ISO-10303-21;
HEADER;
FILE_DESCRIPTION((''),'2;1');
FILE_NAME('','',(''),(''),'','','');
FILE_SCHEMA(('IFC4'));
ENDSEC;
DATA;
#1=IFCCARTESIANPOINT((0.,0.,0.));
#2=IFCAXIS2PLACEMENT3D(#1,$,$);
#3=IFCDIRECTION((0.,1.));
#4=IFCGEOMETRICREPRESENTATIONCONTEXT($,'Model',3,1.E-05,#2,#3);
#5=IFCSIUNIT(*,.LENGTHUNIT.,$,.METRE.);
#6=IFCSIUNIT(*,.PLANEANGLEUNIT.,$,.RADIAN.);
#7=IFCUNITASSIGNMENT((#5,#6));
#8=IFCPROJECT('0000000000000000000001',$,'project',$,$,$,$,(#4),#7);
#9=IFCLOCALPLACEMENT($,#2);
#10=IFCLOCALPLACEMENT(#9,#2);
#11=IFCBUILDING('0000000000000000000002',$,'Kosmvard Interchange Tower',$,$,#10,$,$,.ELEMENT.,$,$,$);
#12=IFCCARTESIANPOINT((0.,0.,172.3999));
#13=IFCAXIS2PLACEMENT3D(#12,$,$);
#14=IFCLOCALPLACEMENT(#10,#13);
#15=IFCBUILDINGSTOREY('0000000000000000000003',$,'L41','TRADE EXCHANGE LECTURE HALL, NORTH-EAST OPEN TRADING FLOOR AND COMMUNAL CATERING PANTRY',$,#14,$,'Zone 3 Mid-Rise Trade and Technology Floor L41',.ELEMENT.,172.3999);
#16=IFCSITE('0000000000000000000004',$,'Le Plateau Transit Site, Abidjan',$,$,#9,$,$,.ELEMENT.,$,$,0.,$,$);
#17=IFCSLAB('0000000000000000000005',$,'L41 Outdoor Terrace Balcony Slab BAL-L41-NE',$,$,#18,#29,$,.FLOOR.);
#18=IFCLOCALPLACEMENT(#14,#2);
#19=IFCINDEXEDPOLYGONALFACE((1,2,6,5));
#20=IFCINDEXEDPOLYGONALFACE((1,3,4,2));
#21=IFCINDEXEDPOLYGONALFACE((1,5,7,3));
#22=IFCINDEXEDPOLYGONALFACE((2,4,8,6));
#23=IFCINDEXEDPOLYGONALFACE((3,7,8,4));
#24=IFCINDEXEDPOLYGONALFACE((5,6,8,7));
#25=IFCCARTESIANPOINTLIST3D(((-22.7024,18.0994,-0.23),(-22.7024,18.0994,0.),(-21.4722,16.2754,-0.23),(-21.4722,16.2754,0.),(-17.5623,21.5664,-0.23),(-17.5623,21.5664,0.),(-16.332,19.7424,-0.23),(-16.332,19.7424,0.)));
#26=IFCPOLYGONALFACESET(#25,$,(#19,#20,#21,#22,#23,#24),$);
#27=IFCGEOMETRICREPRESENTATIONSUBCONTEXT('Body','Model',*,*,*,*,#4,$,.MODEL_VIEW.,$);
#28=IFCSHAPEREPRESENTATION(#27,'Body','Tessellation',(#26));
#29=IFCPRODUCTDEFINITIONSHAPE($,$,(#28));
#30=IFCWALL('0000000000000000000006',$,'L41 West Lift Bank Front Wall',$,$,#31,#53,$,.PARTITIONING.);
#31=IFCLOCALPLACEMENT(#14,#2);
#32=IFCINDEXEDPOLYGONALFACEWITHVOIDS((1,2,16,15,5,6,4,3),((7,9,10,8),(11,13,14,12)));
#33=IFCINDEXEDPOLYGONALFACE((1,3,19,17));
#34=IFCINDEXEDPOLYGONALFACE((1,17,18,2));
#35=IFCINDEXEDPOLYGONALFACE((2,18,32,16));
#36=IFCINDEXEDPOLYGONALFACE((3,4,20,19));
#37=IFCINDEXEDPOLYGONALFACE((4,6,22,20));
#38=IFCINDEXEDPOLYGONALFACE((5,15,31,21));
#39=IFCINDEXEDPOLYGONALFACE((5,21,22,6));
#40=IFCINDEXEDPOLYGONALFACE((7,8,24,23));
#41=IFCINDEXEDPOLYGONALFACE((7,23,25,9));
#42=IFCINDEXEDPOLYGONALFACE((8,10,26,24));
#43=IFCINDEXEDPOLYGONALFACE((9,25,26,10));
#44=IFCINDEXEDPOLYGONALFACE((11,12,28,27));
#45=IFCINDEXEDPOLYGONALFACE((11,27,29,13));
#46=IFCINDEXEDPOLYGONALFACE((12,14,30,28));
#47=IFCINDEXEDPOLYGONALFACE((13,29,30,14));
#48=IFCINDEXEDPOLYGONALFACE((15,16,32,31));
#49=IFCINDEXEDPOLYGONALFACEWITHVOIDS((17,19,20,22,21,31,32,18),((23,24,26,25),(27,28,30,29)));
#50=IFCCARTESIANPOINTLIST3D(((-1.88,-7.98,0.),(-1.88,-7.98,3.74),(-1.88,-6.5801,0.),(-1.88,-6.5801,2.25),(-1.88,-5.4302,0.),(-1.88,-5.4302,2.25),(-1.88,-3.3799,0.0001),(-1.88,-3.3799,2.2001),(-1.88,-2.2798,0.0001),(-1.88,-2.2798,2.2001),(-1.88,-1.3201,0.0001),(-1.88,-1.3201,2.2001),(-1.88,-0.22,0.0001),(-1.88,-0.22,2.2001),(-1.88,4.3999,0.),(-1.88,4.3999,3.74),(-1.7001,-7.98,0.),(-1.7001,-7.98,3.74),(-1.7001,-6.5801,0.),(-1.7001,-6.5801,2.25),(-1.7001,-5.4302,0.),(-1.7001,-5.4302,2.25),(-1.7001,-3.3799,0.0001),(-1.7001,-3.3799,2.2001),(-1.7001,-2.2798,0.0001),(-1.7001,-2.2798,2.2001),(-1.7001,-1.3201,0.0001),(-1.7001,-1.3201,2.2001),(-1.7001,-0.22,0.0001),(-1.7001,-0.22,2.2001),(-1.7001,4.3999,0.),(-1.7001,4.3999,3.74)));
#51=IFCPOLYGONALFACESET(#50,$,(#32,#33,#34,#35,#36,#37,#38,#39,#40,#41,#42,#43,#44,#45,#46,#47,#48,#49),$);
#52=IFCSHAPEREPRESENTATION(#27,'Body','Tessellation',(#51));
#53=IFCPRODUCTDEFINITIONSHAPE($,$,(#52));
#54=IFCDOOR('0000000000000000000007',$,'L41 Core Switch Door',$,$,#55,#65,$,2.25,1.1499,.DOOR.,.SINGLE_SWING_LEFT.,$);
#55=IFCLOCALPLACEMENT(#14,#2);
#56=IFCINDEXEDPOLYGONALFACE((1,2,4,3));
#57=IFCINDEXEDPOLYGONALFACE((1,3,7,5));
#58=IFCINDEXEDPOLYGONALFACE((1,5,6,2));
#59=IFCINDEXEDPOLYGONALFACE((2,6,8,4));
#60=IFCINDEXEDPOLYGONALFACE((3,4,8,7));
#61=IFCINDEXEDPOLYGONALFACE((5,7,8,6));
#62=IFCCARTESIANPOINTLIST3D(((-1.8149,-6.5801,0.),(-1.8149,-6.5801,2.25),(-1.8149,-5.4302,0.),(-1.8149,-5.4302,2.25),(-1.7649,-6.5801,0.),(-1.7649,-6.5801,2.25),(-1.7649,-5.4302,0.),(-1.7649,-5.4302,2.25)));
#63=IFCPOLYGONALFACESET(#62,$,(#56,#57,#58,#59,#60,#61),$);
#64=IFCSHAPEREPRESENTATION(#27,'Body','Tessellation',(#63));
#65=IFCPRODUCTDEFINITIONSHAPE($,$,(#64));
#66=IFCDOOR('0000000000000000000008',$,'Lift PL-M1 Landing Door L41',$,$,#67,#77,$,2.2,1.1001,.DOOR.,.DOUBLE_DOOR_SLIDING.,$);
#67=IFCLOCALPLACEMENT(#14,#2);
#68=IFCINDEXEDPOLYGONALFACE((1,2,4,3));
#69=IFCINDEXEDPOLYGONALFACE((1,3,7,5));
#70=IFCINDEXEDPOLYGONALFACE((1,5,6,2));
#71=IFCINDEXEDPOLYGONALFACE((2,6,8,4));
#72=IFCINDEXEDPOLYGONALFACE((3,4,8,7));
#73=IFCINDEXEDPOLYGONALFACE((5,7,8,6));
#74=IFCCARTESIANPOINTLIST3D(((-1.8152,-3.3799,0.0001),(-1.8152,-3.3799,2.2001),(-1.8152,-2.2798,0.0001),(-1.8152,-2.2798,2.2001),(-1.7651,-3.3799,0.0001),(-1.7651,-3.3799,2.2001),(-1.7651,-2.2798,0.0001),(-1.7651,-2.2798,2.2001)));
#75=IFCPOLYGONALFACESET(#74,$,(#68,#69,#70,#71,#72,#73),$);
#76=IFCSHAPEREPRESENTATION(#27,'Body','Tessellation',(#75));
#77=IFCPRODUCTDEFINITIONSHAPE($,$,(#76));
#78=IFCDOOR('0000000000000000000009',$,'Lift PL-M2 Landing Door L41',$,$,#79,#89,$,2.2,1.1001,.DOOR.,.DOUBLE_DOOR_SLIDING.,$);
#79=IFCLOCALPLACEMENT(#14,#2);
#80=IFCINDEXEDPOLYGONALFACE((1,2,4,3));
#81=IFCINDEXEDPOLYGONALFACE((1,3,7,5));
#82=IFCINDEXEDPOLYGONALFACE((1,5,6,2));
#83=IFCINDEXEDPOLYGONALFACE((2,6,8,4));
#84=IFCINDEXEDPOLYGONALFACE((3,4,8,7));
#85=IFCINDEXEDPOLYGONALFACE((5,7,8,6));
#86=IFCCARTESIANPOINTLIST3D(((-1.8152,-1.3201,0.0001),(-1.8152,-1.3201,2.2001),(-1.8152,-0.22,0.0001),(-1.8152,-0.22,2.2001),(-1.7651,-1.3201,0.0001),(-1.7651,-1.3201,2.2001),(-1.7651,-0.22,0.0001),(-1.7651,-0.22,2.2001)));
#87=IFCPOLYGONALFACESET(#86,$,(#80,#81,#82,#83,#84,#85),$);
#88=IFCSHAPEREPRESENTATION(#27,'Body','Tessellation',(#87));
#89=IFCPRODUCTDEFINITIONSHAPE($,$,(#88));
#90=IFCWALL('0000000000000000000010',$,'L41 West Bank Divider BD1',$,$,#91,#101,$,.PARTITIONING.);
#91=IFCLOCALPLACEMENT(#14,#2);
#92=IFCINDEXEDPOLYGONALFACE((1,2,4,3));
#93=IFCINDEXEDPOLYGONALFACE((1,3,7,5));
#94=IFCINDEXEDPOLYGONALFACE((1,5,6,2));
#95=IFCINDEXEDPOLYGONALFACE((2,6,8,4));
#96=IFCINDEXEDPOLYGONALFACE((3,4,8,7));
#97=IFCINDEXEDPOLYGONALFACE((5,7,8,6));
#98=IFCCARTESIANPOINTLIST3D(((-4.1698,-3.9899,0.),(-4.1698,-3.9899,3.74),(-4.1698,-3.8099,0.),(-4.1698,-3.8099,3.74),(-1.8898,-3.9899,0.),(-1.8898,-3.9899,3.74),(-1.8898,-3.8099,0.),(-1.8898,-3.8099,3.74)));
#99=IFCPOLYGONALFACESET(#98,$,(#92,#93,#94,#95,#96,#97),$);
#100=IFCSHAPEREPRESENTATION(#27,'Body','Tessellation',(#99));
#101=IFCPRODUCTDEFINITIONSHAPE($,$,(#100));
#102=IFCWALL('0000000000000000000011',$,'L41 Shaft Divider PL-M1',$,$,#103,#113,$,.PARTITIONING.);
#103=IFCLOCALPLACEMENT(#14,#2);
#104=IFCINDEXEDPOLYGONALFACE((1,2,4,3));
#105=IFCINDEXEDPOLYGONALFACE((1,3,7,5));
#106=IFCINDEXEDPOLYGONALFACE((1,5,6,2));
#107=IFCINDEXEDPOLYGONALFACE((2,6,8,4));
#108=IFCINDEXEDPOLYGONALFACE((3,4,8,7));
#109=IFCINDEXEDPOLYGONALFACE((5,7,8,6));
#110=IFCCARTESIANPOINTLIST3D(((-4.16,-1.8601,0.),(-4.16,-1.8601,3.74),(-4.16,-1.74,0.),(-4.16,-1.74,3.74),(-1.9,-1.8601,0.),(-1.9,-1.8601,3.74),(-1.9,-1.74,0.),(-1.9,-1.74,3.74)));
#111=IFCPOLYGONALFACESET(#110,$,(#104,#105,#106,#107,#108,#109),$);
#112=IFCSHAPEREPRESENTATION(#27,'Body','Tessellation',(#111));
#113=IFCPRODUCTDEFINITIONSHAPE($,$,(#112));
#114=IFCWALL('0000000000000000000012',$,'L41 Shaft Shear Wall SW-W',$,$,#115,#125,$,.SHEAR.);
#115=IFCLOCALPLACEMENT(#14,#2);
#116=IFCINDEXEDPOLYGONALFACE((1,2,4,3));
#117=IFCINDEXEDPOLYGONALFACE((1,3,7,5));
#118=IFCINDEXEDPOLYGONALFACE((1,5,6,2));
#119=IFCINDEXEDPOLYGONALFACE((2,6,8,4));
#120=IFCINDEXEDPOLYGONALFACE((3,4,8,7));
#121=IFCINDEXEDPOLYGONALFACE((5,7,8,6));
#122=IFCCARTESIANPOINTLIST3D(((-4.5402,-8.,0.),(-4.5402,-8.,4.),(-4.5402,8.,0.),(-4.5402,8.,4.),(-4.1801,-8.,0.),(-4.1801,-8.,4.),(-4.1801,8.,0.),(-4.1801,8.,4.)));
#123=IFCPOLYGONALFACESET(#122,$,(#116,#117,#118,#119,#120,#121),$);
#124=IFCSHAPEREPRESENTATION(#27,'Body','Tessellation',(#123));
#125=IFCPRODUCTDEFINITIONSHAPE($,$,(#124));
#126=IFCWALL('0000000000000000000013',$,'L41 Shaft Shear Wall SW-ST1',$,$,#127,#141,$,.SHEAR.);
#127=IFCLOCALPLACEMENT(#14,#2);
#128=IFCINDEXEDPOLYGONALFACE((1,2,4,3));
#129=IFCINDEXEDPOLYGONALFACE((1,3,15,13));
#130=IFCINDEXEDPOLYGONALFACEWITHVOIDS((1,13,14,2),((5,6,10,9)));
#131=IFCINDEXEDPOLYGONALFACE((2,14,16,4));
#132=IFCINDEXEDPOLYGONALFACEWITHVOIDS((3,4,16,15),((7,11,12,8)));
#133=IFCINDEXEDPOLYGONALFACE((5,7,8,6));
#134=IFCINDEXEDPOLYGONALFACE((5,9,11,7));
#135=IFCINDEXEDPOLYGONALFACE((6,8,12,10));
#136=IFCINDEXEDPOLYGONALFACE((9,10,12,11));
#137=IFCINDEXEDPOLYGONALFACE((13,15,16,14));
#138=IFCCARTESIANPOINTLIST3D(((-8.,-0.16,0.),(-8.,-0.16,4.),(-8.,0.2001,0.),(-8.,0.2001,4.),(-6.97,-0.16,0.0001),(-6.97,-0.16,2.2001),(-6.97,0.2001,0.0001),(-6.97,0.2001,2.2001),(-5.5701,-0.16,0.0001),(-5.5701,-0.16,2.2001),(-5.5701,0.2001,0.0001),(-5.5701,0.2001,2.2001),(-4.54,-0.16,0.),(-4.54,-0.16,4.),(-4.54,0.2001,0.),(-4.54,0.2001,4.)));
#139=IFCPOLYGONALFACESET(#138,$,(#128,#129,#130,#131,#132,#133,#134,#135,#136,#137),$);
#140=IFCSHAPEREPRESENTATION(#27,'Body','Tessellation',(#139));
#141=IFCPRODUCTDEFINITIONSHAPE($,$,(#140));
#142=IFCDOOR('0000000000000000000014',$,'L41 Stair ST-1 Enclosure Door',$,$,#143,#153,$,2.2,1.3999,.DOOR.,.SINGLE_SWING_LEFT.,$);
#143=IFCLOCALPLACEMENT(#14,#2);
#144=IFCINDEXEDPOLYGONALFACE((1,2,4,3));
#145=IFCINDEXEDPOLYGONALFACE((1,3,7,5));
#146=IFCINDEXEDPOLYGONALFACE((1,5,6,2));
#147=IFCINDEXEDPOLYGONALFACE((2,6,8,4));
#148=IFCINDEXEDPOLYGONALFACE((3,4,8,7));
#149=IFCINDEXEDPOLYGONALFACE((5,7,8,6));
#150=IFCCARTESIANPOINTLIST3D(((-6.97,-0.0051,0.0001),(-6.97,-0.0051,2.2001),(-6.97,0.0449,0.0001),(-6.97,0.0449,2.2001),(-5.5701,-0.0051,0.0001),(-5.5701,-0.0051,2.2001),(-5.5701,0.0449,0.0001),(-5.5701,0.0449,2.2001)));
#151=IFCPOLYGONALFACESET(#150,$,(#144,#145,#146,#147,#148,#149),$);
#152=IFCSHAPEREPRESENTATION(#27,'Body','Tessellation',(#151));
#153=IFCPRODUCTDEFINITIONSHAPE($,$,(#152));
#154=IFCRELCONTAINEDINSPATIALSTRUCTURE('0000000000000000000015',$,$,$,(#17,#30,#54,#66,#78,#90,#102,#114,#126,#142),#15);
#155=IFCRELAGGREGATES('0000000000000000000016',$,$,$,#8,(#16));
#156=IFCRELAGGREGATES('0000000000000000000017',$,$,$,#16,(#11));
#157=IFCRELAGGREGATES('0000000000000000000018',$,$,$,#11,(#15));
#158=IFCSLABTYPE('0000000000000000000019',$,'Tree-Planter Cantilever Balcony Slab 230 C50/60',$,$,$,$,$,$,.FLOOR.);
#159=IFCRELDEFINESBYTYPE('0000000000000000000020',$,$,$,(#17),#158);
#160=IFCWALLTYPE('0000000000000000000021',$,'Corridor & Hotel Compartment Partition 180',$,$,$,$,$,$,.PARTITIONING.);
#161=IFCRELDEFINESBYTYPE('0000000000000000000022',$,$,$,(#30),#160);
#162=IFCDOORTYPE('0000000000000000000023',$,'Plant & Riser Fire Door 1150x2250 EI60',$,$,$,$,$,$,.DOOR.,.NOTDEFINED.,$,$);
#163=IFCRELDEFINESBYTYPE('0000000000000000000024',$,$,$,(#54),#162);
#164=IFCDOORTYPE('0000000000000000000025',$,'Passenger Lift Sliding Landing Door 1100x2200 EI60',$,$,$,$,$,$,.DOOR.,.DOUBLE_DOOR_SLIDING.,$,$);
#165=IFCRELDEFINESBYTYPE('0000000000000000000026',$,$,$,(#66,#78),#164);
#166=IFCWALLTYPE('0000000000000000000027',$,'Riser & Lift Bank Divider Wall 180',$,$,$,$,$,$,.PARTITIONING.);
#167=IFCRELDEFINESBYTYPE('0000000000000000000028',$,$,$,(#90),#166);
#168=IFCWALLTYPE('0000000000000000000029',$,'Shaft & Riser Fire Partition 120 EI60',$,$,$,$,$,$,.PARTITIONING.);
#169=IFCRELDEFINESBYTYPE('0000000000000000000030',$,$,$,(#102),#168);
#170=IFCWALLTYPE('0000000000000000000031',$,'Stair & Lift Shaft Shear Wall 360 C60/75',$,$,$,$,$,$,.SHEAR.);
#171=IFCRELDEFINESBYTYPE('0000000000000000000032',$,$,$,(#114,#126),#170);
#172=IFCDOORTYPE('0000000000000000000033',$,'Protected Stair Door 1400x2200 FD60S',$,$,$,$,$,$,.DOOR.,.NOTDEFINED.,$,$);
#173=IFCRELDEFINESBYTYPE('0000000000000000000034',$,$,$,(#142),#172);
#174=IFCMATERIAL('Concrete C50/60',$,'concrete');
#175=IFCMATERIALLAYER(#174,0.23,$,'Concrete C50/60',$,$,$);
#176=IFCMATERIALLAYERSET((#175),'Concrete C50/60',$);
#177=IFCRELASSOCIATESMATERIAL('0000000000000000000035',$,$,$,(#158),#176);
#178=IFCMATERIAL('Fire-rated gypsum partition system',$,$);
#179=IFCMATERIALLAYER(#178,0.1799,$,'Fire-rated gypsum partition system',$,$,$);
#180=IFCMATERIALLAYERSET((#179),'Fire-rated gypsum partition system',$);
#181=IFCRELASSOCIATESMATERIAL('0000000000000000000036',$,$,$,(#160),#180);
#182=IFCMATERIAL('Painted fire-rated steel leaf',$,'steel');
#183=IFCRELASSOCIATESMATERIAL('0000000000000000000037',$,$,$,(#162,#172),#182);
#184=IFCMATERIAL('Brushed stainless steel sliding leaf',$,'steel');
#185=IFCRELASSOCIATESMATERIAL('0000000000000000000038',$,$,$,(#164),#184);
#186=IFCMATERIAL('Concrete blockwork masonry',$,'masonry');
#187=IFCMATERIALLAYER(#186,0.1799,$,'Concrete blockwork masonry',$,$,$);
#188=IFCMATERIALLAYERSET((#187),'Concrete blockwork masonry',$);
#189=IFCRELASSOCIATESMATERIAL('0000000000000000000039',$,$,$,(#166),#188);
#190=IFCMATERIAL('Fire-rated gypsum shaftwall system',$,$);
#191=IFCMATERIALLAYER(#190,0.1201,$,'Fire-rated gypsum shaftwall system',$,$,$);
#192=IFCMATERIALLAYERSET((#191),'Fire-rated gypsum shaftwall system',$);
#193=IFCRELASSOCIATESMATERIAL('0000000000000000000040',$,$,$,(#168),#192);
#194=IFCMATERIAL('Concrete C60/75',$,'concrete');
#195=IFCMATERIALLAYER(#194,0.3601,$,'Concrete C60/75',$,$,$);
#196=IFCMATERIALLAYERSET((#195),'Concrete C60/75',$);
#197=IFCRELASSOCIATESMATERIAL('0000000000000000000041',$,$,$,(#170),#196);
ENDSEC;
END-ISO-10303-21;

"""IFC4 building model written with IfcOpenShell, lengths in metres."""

from ifc_helpers import new_model, si_unit, direction, frame, frame_2d, origin, place, context, subcontext, project, spatial, polyline, rectangle, outline, extrude, source, transform, mapped, material, layer, layer_set, type_object, element, fill, save


model = new_model("IFC4")

# Units and contexts
model_context = context("Model", 3, precision=1e-05, world=origin(), true_north=direction((0.0, 1.0)))
body_context = subcontext(model_context, "Body", "Model", "MODEL_VIEW")
ifc_project = project(units=[si_unit("LENGTHUNIT", "METRE"), si_unit("PLANEANGLEUNIT", "RADIAN")], contexts=[model_context])

# Site, building, storey
site_placement = place(None, origin())
site = spatial("IfcSite", under=ifc_project, at=site_placement, Name="Le Plateau Transit Site, Abidjan", CompositionType="ELEMENT", RefElevation=0.0)
building_placement = place(site_placement, origin())
building = spatial("IfcBuilding", under=site, at=building_placement, Name="Kosmvard Interchange Tower", CompositionType="ELEMENT")
storey_placement = place(building_placement, frame((0.0, 0.0, 172.3999)))
storey = spatial("IfcBuildingStorey", under=building, at=storey_placement, Name="L41", Description="TRADE EXCHANGE LECTURE HALL, NORTH-EAST OPEN TRADING FLOOR AND COMMUNAL CATERING PANTRY", LongName="Zone 3 Mid-Rise Trade and Technology Floor L41", CompositionType="ELEMENT", Elevation=172.3999)

# Shared definitions
ifc_material_1 = material(Name="Concrete C60/75", Category="concrete")

# Slab
ifc_material_2 = material(Name="Concrete C50/60", Category="concrete")
ifc_layer_1 = layer(ifc_material_2, 0.23, Name="Concrete C50/60")
ifc_layer_set_1 = layer_set([ifc_layer_1], Name="Concrete C50/60")
slab_type_1 = type_object("IfcSlabType", Name="Tree-Planter Cantilever Balcony Slab 230 C50/60", PredefinedType="FLOOR", material=ifc_layer_set_1)
slab_1_placement = place(storey_placement, frame((0.0, 0.0, -0.23)))
element("IfcSlab", 1, at=slab_1_placement, inside=storey, type_object=slab_type_1, Name="L41 Outdoor Terrace Balcony Slab BAL-L41-NE", PredefinedType="FLOOR", context=body_context, shape_type="SweptSolid", body=[
    extrude(outline(polyline([(-21.4722, 16.2754), (-16.332, 19.7424), (-17.5623, 21.5664), (-22.7024, 18.0994), (-21.4722, 16.2754)])), origin(), (0.0, 0.0, 1.0), 0.23),
])

# Wall, openings, doors
ifc_material_3 = material(Name="Fire-rated gypsum partition system")
ifc_layer_2 = layer(ifc_material_3, 0.1799, Name="Fire-rated gypsum partition system")
ifc_layer_set_2 = layer_set([ifc_layer_2], Name="Fire-rated gypsum partition system")
wall_type_1 = type_object("IfcWallType", Name="Corridor & Hotel Compartment Partition 180", PredefinedType="PARTITIONING", material=ifc_layer_set_2)
wall_1_placement = place(storey_placement, frame((-1.79, -7.98, 0.0), z_axis=(0.0, 0.0, 1.0), x_axis=(0.0, 1.0, 0.0)))
wall_1 = element("IfcWall", 2, at=wall_1_placement, inside=storey, type_object=wall_type_1, Name="L41 West Lift Bank Front Wall", PredefinedType="PARTITIONING", context=body_context, shape_type="SweptSolid", body=[
    extrude(rectangle(XDim=12.3799, YDim=0.1799, at=frame_2d((6.1899, 0.0))), origin(), (0.0, 0.0, 1.0), 3.74),
])
opening_1_placement = place(wall_1_placement, frame((4.6001, 0.0, 0.0)))
opening_1 = element("IfcOpeningElement", 3, at=opening_1_placement, cuts=wall_1, PredefinedType="OPENING", context=body_context, shape_type="SweptSolid", body=[
    extrude(rectangle(XDim=1.1001, YDim=2.2, at=frame_2d((0.55, 1.1001))), frame((0.0, 0.1001, 0.0), z_axis=(0.0, -1.0, 0.0), x_axis=(1.0, 0.0, 0.0)), (0.0, 0.0, 1.0), 0.2),
])
opening_2_placement = place(wall_1_placement, frame((6.6599, 0.0, 0.0)))
opening_2 = element("IfcOpeningElement", 4, at=opening_2_placement, cuts=wall_1, PredefinedType="OPENING", context=body_context, shape_type="SweptSolid", body=[
    extrude(rectangle(XDim=1.1001, YDim=2.2, at=frame_2d((0.55, 1.1001))), frame((0.0, 0.1001, 0.0), z_axis=(0.0, -1.0, 0.0), x_axis=(1.0, 0.0, 0.0)), (0.0, 0.0, 1.0), 0.2),
])
opening_3_placement = place(wall_1_placement, frame((1.3999, 0.0, 0.0)))
opening_3 = element("IfcOpeningElement", 5, at=opening_3_placement, cuts=wall_1, PredefinedType="OPENING", context=body_context, shape_type="SweptSolid", body=[
    extrude(rectangle(XDim=1.1499, YDim=2.25, at=frame_2d((0.575, 1.125))), frame((0.0, 0.1001, 0.0), z_axis=(0.0, -1.0, 0.0), x_axis=(1.0, 0.0, 0.0)), (0.0, 0.0, 1.0), 0.2),
])
ifc_material_4 = material(Name="Painted fire-rated steel leaf", Category="steel")
door_type_1 = type_object("IfcDoorType", Name="Plant & Riser Fire Door 1150x2250 EI60", OperationType="NOTDEFINED", PredefinedType="DOOR", material=ifc_material_4)
shared_shape_1 = source(origin(), body_context, "Body", "SweptSolid", [
    extrude(rectangle(XDim=1.1499, YDim=2.25, at=frame_2d((0.575, 1.125))), frame((0.0, 0.0249, 0.0), z_axis=(0.0, -1.0, 0.0), x_axis=(1.0, 0.0, 0.0)), (0.0, 0.0, 1.0), 0.05),
])
door_1_placement = place(opening_3_placement, origin())
door_1 = element("IfcDoor", 6, at=door_1_placement, inside=storey, type_object=door_type_1, Name="L41 Core Switch Door", OperationType="SINGLE_SWING_LEFT", OverallHeight=2.25, OverallWidth=1.1499, PredefinedType="DOOR", context=body_context, shape_type="MappedRepresentation", body=[
    mapped(shared_shape_1, transform((0.0, 0.0, 0.0), scale=1.0)),
])
fill(opening_3, door_1)
ifc_material_5 = material(Name="Brushed stainless steel sliding leaf", Category="steel")
door_type_2 = type_object("IfcDoorType", Name="Passenger Lift Sliding Landing Door 1100x2200 EI60", OperationType="DOUBLE_DOOR_SLIDING", PredefinedType="DOOR", material=ifc_material_5)
shared_shape_2 = source(origin(), body_context, "Body", "SweptSolid", [
    extrude(rectangle(XDim=1.1001, YDim=2.2, at=frame_2d((0.55, 1.1001))), frame((0.0, 0.0249, 0.0), z_axis=(0.0, -1.0, 0.0), x_axis=(1.0, 0.0, 0.0)), (0.0, 0.0, 1.0), 0.05),
])
door_2_placement = place(opening_1_placement, frame((1.1001, 0.0, 0.0), z_axis=(0.0, 0.0, 1.0), x_axis=(-1.0, 0.0, 0.0)))
door_2 = element("IfcDoor", 7, at=door_2_placement, inside=storey, type_object=door_type_2, Name="Lift PL-M1 Landing Door L41", OperationType="DOUBLE_DOOR_SLIDING", OverallHeight=2.2, OverallWidth=1.1001, PredefinedType="DOOR", context=body_context, shape_type="MappedRepresentation", body=[
    mapped(shared_shape_2, transform((0.0, 0.0, 0.0), scale=1.0)),
])
fill(opening_1, door_2)
door_3_placement = place(opening_2_placement, frame((1.1001, 0.0, 0.0), z_axis=(0.0, 0.0, 1.0), x_axis=(-1.0, 0.0, 0.0)))
door_3 = element("IfcDoor", 8, at=door_3_placement, inside=storey, type_object=door_type_2, Name="Lift PL-M2 Landing Door L41", OperationType="DOUBLE_DOOR_SLIDING", OverallHeight=2.2, OverallWidth=1.1001, PredefinedType="DOOR", context=body_context, shape_type="MappedRepresentation", body=[
    mapped(shared_shape_2, transform((0.0, 0.0, 0.0), scale=1.0)),
])
fill(opening_2, door_3)

# Walls
ifc_material_6 = material(Name="Concrete blockwork masonry", Category="masonry")
ifc_layer_3 = layer(ifc_material_6, 0.1799, Name="Concrete blockwork masonry")
ifc_layer_set_3 = layer_set([ifc_layer_3], Name="Concrete blockwork masonry")
wall_type_2 = type_object("IfcWallType", Name="Riser & Lift Bank Divider Wall 180", PredefinedType="PARTITIONING", material=ifc_layer_set_3)
wall_2_placement = place(storey_placement, frame((-4.1699, -3.8999, 0.0), z_axis=(0.0, 0.0, 1.0), x_axis=(1.0, 0.0, 0.0)))
element("IfcWall", 9, at=wall_2_placement, inside=storey, type_object=wall_type_2, Name="L41 West Bank Divider BD1", PredefinedType="PARTITIONING", context=body_context, shape_type="SweptSolid", body=[
    extrude(rectangle(XDim=2.28, YDim=0.1799, at=frame_2d((1.1401, 0.0))), origin(), (0.0, 0.0, 1.0), 3.74),
])
ifc_material_7 = material(Name="Fire-rated gypsum shaftwall system")
ifc_layer_4 = layer(ifc_material_7, 0.1201, Name="Fire-rated gypsum shaftwall system")
ifc_layer_set_4 = layer_set([ifc_layer_4], Name="Fire-rated gypsum shaftwall system")
wall_type_3 = type_object("IfcWallType", Name="Shaft & Riser Fire Partition 120 EI60", PredefinedType="PARTITIONING", material=ifc_layer_set_4)
wall_3_placement = place(storey_placement, frame((-4.1599, -1.8, 0.0), z_axis=(0.0, 0.0, 1.0), x_axis=(1.0, 0.0, 0.0)))
element("IfcWall", 10, at=wall_3_placement, inside=storey, type_object=wall_type_3, Name="L41 Shaft Divider PL-M1", PredefinedType="PARTITIONING", context=body_context, shape_type="SweptSolid", body=[
    extrude(rectangle(XDim=2.26, YDim=0.1201, at=frame_2d((1.1299, 0.0))), origin(), (0.0, 0.0, 1.0), 3.74),
])
ifc_layer_5 = layer(ifc_material_1, 0.3601, Name="Concrete C60/75")
ifc_layer_set_5 = layer_set([ifc_layer_5], Name="Concrete C60/75")
wall_type_4 = type_object("IfcWallType", Name="Stair & Lift Shaft Shear Wall 360 C60/75", PredefinedType="SHEAR", material=ifc_layer_set_5)
wall_4_placement = place(storey_placement, frame((-4.3601, -8.0, 0.0), z_axis=(0.0, 0.0, 1.0), x_axis=(0.0, 1.0, 0.0)))
element("IfcWall", 11, at=wall_4_placement, inside=storey, type_object=wall_type_4, Name="L41 Shaft Shear Wall SW-W", PredefinedType="SHEAR", context=body_context, shape_type="SweptSolid", body=[
    extrude(rectangle(XDim=16.0, YDim=0.3601, at=frame_2d((8.0, 0.0))), origin(), (0.0, 0.0, 1.0), 4.0),
])

# Wall, opening, door
wall_5_placement = place(storey_placement, frame((-8.0, 0.02, 0.0), z_axis=(0.0, 0.0, 1.0), x_axis=(1.0, 0.0, 0.0)))
wall_5 = element("IfcWall", 12, at=wall_5_placement, inside=storey, type_object=wall_type_4, Name="L41 Shaft Shear Wall SW-ST1", PredefinedType="SHEAR", context=body_context, shape_type="SweptSolid", body=[
    extrude(rectangle(XDim=3.46, YDim=0.3601, at=frame_2d((1.73, 0.0))), origin(), (0.0, 0.0, 1.0), 4.0),
])
opening_4_placement = place(wall_5_placement, frame((1.03, 0.0, 0.0)))
opening_4 = element("IfcOpeningElement", 13, at=opening_4_placement, cuts=wall_5, PredefinedType="OPENING", context=body_context, shape_type="SweptSolid", body=[
    extrude(rectangle(XDim=1.3999, YDim=2.2, at=frame_2d((0.7, 1.1001))), frame((0.0, 0.1899, 0.0), z_axis=(0.0, -1.0, 0.0), x_axis=(1.0, 0.0, 0.0)), (0.0, 0.0, 1.0), 0.3801),
])
door_type_3 = type_object("IfcDoorType", Name="Protected Stair Door 1400x2200 FD60S", OperationType="NOTDEFINED", PredefinedType="DOOR", material=ifc_material_4)
shared_shape_3 = source(origin(), body_context, "Body", "SweptSolid", [
    extrude(rectangle(XDim=1.3999, YDim=2.2, at=frame_2d((0.7, 1.1001))), frame((0.0, 0.0249, 0.0), z_axis=(0.0, -1.0, 0.0), x_axis=(1.0, 0.0, 0.0)), (0.0, 0.0, 1.0), 0.05),
])
door_4_placement = place(opening_4_placement, origin())
door_4 = element("IfcDoor", 14, at=door_4_placement, inside=storey, type_object=door_type_3, Name="L41 Stair ST-1 Enclosure Door", OperationType="SINGLE_SWING_LEFT", OverallHeight=2.2, OverallWidth=1.3999, PredefinedType="DOOR", context=body_context, shape_type="MappedRepresentation", body=[
    mapped(shared_shape_3, transform((0.0, 0.0, 0.0), scale=1.0)),
])
fill(opening_4, door_4)

save(model, "model.ifc")
